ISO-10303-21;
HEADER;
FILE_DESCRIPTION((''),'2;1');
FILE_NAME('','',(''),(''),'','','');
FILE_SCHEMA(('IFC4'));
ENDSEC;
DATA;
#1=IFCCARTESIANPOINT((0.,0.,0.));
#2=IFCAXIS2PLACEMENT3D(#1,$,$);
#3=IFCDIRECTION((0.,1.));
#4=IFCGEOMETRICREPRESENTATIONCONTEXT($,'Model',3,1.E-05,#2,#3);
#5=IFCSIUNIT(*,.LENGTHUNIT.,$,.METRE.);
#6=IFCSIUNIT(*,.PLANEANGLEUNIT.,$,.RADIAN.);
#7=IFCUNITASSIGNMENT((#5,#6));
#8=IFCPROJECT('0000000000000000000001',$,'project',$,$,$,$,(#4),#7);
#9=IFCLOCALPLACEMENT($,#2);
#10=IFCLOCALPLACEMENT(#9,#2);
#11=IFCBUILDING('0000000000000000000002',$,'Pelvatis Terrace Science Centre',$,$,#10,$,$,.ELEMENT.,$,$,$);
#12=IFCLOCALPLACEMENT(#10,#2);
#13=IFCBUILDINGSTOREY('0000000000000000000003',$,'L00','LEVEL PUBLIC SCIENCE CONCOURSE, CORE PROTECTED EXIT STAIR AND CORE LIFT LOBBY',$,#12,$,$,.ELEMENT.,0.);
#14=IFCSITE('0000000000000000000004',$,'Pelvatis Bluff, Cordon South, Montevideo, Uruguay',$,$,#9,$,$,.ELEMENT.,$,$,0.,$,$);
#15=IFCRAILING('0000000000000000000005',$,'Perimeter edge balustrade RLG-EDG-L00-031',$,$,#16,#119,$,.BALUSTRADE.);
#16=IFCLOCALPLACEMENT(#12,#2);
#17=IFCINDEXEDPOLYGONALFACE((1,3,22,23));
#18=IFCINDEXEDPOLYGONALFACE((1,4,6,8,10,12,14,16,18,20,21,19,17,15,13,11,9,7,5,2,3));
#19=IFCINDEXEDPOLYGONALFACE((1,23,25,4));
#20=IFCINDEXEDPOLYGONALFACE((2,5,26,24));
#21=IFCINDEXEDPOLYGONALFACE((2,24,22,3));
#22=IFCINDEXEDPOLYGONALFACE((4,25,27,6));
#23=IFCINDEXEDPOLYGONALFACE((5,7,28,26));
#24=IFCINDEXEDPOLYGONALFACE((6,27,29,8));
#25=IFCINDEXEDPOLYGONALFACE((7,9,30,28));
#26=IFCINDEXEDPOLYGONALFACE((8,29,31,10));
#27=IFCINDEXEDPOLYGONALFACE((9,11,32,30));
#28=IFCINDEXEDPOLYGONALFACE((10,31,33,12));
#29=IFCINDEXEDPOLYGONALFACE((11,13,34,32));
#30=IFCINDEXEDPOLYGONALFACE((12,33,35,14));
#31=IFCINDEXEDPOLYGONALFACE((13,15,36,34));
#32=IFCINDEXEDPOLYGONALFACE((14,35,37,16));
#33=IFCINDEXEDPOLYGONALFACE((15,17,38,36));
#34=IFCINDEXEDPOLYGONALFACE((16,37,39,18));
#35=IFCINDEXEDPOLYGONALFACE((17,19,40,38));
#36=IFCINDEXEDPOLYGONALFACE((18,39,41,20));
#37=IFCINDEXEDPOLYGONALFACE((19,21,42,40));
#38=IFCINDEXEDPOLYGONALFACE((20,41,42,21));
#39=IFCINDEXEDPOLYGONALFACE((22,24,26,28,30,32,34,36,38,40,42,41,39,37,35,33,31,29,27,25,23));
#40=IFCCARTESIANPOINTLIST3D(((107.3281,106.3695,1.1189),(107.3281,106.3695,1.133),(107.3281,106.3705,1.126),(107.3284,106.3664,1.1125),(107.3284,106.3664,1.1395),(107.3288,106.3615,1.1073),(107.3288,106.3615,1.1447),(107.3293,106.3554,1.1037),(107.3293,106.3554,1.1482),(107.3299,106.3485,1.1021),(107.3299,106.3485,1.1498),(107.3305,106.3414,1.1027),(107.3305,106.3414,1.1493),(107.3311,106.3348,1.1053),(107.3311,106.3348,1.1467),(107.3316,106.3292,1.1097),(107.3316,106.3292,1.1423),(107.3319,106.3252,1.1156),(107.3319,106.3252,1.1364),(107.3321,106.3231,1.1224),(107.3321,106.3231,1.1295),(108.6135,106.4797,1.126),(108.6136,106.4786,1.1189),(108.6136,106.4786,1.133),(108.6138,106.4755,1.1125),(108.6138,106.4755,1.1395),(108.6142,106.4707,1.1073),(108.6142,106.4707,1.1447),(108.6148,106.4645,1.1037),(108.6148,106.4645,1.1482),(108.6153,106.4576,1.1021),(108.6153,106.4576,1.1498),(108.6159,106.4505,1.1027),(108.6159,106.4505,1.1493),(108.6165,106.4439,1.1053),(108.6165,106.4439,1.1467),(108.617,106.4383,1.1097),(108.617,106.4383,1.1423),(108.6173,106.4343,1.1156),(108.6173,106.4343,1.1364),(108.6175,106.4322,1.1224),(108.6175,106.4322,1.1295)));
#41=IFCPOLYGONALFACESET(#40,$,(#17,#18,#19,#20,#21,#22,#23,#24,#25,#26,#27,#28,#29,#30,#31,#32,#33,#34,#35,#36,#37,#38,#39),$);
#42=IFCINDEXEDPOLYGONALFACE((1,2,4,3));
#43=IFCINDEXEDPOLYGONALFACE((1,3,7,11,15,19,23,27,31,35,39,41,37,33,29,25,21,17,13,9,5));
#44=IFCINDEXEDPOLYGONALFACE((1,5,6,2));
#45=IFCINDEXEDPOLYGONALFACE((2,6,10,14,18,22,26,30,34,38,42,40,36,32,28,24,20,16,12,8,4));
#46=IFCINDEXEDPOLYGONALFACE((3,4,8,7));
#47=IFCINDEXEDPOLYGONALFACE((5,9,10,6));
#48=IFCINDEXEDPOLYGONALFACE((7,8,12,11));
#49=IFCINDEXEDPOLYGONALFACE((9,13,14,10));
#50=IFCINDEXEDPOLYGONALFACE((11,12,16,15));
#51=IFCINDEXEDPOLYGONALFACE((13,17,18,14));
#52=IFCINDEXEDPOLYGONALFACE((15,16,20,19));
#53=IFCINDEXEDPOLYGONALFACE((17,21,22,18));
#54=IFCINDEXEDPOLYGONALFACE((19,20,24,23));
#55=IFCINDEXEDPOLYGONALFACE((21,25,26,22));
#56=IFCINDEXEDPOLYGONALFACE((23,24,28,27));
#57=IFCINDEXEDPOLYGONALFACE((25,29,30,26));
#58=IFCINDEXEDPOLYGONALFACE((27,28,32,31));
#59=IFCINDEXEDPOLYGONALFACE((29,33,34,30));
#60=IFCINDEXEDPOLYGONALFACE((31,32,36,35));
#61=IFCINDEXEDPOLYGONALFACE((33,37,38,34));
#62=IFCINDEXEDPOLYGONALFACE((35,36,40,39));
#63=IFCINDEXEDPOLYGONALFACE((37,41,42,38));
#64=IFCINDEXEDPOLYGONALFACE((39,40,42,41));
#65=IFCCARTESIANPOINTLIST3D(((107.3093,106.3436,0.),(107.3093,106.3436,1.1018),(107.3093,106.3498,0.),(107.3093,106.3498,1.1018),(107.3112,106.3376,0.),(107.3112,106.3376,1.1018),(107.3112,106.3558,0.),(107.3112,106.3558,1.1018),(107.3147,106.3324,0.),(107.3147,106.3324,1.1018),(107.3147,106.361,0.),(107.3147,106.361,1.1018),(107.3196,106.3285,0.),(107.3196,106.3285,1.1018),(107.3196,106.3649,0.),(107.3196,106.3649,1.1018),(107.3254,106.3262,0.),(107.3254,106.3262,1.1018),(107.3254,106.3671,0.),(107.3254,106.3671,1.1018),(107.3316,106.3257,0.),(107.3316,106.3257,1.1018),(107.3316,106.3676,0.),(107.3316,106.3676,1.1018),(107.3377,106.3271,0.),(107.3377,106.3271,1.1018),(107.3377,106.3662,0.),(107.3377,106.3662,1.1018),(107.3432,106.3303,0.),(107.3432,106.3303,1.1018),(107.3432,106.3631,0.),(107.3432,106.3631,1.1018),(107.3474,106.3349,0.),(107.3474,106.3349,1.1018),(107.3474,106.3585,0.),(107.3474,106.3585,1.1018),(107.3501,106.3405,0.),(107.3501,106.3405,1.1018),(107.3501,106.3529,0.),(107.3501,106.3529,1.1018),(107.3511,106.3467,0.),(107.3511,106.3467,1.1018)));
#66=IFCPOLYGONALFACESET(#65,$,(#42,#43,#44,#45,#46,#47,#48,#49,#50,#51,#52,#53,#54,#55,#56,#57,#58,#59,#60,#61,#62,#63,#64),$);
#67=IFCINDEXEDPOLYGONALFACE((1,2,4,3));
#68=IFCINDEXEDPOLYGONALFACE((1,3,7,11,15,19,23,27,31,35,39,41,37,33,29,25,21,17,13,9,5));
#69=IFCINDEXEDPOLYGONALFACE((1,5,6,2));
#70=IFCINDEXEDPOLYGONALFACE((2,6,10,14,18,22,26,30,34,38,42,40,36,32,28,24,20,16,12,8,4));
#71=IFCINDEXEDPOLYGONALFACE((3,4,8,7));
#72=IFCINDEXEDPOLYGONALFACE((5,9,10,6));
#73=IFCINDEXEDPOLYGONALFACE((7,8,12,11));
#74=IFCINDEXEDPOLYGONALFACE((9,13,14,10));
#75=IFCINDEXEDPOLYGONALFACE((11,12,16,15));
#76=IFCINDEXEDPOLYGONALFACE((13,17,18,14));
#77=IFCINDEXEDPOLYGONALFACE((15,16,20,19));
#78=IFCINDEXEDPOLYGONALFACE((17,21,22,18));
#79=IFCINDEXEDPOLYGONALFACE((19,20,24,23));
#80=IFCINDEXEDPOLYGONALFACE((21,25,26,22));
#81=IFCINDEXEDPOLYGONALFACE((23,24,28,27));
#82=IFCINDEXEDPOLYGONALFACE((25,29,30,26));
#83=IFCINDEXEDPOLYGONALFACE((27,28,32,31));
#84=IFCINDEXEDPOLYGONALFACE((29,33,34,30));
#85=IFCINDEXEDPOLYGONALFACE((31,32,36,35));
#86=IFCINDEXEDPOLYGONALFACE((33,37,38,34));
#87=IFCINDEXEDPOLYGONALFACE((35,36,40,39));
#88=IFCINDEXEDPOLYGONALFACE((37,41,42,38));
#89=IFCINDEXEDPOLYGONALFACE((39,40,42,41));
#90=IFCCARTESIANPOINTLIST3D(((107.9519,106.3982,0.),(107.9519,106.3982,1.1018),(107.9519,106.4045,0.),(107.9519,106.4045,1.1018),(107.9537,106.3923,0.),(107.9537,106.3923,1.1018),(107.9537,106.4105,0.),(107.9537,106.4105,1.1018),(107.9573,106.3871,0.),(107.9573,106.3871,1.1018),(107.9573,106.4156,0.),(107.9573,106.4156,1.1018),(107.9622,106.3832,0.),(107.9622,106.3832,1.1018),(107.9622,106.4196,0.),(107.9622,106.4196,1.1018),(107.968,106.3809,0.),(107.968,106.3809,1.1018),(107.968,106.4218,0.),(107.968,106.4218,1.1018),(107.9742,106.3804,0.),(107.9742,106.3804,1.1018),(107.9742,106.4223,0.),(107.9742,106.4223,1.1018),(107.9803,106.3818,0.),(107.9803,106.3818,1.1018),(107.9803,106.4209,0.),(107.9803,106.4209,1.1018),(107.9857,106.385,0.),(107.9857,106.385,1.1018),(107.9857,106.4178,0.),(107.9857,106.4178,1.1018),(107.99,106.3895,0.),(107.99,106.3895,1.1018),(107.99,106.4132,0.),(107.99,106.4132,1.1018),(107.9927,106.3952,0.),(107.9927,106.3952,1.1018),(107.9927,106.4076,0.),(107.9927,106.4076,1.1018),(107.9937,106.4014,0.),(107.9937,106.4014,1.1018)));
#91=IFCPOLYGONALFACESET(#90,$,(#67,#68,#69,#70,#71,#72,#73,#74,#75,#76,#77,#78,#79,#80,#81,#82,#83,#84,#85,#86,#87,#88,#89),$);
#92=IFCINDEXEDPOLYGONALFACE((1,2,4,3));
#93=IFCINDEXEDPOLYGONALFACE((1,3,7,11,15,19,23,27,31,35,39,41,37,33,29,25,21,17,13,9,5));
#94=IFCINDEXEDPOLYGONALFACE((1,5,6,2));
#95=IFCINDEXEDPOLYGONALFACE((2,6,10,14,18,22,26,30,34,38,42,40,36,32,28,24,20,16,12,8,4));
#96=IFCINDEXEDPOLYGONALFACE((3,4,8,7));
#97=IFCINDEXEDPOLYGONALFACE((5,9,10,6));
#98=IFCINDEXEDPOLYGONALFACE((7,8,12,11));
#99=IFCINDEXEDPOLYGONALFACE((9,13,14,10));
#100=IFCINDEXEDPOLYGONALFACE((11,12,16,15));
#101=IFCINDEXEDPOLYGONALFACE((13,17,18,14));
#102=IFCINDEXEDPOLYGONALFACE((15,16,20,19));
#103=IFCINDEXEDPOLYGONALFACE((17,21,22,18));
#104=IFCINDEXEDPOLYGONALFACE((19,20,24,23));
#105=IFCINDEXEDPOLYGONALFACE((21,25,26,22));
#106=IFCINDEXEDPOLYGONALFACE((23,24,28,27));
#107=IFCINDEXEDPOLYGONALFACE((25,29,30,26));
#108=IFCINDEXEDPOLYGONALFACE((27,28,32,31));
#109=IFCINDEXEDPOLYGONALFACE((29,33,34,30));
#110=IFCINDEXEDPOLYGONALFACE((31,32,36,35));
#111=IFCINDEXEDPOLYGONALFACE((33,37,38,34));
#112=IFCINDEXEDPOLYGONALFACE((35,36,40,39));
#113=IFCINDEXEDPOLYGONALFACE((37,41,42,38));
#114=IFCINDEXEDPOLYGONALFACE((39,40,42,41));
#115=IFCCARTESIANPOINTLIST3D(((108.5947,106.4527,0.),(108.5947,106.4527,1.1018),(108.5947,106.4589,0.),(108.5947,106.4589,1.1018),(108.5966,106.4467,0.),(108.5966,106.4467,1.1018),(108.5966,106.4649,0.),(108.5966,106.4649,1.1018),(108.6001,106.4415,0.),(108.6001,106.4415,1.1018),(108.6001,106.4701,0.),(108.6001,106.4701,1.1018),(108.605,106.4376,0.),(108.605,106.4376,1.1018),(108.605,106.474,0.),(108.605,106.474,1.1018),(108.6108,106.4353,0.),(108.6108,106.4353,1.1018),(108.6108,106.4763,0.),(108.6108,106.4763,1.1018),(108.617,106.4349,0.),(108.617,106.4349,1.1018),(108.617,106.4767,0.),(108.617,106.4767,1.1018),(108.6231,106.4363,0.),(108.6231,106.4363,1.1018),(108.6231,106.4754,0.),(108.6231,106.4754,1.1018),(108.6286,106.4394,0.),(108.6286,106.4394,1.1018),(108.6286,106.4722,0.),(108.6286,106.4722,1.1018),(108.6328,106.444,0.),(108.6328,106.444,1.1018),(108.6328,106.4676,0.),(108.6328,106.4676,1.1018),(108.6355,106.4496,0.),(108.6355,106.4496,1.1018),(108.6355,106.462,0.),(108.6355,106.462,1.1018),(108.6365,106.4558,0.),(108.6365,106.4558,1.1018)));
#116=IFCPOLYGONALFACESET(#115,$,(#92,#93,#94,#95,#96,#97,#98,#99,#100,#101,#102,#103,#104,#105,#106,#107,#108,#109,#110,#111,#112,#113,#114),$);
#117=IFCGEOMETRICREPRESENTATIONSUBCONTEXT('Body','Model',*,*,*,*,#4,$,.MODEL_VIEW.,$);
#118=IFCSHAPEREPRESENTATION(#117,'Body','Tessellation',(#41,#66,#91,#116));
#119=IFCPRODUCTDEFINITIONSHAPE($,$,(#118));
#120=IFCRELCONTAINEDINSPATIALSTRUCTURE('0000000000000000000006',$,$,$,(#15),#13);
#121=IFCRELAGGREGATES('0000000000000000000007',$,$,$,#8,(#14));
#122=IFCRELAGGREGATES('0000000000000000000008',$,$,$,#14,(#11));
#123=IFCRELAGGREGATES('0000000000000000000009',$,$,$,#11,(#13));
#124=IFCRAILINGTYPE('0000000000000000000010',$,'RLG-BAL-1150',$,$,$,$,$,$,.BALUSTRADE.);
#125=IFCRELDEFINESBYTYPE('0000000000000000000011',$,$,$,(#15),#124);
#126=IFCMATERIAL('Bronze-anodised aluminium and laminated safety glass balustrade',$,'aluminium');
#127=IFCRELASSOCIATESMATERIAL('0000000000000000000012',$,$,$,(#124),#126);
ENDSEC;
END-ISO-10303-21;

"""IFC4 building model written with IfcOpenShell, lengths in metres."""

from ifc_helpers import new_model, si_unit, direction, frame, origin, origin_2d, place, context, subcontext, project, spatial, circle, extrude, material, type_object, element, save


model = new_model("IFC4")

# Units and contexts
model_context = context("Model", 3, precision=1e-05, world=origin(), true_north=direction((0.0, 1.0)))
body_context = subcontext(model_context, "Body", "Model", "MODEL_VIEW")
ifc_project = project(units=[si_unit("LENGTHUNIT", "METRE"), si_unit("PLANEANGLEUNIT", "RADIAN")], contexts=[model_context])

# Site, building, storey
site_placement = place(None, origin())
site = spatial("IfcSite", under=ifc_project, at=site_placement, Name="Pelvatis Bluff, Cordon South, Montevideo, Uruguay", CompositionType="ELEMENT", RefElevation=0.0)
building_placement = place(site_placement, origin())
building = spatial("IfcBuilding", under=site, at=building_placement, Name="Pelvatis Terrace Science Centre", CompositionType="ELEMENT")
storey_placement = place(building_placement, origin())
storey = spatial("IfcBuildingStorey", under=building, at=storey_placement, Name="L00", Description="LEVEL PUBLIC SCIENCE CONCOURSE, CORE PROTECTED EXIT STAIR AND CORE LIFT LOBBY", CompositionType="ELEMENT", Elevation=0.0)

# Railing
ifc_material_1 = material(Name="Bronze-anodised aluminium and laminated safety glass balustrade", Category="aluminium")
railing_type = type_object("IfcRailingType", Name="RLG-BAL-1150", PredefinedType="BALUSTRADE", material=ifc_material_1)
railing_placement = place(storey_placement, frame((107.3301, 106.3467, 0.0)))
element("IfcRailing", 1, at=railing_placement, inside=storey, type_object=railing_type, Name="Perimeter edge balustrade RLG-EDG-L00-031", PredefinedType="BALUSTRADE", context=body_context, shape_type="SweptSolid", body=[
    extrude(circle(Radius=0.0239, at=origin_2d()), frame((0.0, 0.0, 1.126), z_axis=(0.996415, 0.084596, 0.0), x_axis=(-0.084596, 0.996415, 0.0)), (0.0, 0.0, 1.0), 1.29),
    extrude(circle(Radius=0.021, at=origin_2d()), origin(), (0.0, 0.0, 1.0), 1.1018),
    extrude(circle(Radius=0.021, at=origin_2d()), frame((0.6426, 0.0547, 0.0)), (0.0, 0.0, 1.0), 1.1018),
    extrude(circle(Radius=0.021, at=origin_2d()), frame((1.2854, 0.1091, 0.0)), (0.0, 0.0, 1.0), 1.1018),
])

save(model, "model.ifc")
